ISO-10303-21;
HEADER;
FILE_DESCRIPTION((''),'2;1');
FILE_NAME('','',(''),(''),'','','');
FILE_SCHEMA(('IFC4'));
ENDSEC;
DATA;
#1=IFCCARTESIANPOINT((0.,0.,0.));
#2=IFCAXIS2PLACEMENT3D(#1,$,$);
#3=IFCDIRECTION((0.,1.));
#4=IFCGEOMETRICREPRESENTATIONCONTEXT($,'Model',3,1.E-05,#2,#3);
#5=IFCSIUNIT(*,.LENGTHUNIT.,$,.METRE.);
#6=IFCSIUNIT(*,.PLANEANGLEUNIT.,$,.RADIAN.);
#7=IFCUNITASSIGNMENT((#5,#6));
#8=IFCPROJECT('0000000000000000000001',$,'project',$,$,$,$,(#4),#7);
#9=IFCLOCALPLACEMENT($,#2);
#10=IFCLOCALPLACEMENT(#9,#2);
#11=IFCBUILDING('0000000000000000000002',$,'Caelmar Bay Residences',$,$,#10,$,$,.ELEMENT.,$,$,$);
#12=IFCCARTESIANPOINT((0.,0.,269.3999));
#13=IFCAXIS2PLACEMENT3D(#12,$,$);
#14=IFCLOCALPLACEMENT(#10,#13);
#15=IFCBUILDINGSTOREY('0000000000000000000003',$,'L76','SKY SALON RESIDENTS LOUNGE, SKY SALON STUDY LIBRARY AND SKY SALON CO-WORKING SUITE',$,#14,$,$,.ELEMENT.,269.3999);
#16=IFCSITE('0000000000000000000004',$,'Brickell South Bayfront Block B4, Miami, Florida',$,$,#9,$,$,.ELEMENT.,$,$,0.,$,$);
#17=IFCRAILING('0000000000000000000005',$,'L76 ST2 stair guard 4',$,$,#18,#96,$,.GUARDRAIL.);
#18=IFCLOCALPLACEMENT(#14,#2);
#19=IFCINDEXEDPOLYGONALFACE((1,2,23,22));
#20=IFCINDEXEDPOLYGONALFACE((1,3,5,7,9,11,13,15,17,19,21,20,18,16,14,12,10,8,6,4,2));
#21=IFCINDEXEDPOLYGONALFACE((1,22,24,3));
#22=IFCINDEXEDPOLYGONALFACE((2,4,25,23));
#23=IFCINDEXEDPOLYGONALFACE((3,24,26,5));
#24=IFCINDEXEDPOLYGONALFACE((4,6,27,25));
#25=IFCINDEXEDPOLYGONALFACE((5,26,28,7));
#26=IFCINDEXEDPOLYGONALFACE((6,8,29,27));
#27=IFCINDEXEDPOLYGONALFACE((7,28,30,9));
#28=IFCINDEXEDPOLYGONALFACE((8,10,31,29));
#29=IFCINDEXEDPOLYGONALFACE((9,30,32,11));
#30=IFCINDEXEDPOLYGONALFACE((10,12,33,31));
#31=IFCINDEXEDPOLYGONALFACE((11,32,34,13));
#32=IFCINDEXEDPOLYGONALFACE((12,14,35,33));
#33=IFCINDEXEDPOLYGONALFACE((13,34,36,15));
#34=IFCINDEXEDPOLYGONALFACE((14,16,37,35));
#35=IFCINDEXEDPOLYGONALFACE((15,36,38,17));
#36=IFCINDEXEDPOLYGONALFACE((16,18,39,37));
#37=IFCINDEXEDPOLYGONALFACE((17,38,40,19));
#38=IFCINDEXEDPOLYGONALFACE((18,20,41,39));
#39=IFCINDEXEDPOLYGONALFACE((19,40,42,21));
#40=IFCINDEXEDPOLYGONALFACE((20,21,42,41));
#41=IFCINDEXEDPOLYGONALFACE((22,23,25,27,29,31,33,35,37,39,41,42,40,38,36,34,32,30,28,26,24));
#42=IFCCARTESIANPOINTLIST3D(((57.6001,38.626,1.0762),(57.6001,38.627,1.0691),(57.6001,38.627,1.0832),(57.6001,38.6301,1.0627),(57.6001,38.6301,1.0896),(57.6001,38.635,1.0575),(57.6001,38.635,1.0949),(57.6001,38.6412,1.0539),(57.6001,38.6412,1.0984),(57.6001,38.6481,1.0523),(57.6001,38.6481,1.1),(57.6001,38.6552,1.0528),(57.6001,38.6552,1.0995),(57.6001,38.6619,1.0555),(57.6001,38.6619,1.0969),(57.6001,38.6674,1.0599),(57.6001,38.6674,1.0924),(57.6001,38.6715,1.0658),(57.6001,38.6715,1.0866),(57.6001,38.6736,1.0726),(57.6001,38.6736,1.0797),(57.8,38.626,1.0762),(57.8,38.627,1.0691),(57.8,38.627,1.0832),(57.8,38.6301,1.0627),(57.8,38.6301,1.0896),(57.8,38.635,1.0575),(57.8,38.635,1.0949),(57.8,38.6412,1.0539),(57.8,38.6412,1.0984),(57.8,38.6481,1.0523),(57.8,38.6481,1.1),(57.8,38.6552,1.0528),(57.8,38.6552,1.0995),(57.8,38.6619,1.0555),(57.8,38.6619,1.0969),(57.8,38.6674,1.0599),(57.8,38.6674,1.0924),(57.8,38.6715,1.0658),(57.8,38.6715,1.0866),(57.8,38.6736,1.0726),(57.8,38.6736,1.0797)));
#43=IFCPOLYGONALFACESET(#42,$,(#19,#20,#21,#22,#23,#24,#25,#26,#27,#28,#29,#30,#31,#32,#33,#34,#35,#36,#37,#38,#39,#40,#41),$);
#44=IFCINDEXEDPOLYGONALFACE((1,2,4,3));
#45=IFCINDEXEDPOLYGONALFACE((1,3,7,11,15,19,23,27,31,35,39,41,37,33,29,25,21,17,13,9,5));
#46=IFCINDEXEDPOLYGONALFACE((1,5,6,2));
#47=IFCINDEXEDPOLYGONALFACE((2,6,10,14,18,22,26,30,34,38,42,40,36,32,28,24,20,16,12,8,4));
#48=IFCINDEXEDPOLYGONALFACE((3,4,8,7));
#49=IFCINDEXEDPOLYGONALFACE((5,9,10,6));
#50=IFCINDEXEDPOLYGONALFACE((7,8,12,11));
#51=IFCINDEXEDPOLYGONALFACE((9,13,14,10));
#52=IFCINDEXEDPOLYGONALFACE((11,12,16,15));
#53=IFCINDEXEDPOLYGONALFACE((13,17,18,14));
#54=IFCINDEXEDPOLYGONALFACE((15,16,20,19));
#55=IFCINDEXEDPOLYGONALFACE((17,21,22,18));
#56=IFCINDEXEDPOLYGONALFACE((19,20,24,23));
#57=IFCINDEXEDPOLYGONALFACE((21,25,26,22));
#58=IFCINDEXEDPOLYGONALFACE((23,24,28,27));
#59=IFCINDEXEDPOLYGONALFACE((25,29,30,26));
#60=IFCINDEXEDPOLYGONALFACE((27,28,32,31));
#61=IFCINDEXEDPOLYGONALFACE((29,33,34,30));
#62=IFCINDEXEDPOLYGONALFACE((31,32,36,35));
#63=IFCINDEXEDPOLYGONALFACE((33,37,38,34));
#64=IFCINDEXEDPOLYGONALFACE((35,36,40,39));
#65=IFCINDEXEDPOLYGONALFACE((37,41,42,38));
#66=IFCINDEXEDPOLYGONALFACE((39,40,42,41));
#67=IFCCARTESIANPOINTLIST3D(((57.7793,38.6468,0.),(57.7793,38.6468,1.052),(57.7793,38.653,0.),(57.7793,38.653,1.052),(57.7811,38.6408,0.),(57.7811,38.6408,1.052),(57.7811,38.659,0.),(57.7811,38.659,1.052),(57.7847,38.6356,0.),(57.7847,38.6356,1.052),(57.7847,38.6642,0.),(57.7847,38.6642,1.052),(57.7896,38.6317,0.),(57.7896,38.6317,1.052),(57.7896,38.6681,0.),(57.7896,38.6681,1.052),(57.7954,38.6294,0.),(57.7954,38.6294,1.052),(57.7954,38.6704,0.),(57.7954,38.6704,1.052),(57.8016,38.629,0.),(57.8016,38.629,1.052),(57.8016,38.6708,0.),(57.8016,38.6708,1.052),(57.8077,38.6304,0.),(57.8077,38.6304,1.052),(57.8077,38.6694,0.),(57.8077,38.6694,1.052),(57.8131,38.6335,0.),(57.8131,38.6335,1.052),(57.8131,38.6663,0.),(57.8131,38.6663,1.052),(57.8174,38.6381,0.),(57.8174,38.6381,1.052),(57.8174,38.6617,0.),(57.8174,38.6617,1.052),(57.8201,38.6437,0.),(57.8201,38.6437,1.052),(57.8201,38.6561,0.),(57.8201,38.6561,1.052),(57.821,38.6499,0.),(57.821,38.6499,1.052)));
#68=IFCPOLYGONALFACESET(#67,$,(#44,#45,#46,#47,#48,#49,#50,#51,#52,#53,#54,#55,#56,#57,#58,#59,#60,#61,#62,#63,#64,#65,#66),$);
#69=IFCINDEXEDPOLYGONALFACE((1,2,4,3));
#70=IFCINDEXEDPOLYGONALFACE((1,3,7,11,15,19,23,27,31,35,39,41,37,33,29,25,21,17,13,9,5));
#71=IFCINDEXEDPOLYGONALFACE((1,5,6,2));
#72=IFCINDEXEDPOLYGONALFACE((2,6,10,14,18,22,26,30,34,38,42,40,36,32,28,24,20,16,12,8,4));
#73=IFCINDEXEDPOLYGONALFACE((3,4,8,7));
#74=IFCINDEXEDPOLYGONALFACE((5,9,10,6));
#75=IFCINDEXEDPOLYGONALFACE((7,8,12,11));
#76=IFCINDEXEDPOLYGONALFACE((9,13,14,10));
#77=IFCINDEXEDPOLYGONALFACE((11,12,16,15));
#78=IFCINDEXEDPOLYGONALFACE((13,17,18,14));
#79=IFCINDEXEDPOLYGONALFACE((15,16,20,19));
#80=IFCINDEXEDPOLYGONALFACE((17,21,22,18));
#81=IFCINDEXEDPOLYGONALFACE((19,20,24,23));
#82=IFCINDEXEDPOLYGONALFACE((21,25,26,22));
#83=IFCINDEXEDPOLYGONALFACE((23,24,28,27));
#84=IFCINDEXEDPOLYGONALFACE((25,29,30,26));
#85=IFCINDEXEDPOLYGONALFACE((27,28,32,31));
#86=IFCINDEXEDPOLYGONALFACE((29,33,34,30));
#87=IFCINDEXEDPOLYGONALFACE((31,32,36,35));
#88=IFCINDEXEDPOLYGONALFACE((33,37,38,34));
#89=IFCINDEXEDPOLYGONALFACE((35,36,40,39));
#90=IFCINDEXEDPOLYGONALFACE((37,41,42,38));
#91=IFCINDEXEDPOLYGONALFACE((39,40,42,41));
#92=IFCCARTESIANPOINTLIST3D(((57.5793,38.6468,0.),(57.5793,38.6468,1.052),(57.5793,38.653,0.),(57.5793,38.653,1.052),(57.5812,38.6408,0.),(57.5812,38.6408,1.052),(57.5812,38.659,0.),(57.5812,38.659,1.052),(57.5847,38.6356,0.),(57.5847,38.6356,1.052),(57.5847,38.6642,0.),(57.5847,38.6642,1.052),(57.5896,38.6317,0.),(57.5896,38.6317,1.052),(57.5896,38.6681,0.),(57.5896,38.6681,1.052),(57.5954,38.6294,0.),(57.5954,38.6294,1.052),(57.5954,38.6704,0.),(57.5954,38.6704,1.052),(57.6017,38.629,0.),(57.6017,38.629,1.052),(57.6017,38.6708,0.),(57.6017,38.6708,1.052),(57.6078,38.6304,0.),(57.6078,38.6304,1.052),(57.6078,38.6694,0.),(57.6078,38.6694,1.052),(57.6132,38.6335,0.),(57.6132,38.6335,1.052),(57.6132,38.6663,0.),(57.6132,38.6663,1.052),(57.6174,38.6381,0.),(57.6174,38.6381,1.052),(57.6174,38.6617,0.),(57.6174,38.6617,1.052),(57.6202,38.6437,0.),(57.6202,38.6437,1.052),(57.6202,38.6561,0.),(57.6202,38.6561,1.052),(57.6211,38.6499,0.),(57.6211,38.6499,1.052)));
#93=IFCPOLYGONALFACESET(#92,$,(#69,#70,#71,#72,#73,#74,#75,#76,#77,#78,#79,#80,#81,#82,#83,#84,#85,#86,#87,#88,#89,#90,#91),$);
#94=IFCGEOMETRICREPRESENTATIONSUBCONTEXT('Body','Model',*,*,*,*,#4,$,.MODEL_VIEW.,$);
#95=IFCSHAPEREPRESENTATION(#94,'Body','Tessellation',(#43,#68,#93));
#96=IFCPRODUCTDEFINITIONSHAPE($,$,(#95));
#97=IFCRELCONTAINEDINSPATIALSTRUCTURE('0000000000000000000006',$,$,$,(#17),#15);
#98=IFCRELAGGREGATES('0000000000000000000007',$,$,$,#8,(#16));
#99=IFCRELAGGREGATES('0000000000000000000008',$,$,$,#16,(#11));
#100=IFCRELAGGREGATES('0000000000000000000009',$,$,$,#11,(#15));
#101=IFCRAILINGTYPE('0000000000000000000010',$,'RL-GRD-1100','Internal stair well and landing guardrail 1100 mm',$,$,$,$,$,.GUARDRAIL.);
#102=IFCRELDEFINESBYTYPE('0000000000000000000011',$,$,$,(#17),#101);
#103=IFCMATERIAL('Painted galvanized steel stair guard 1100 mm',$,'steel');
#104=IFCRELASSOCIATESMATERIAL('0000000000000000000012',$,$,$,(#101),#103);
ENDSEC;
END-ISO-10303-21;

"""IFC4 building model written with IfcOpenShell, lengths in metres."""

from ifc_helpers import new_model, si_unit, direction, frame, origin, origin_2d, place, context, subcontext, project, spatial, circle, extrude, material, type_object, element, save


model = new_model("IFC4")

# Units and contexts
model_context = context("Model", 3, precision=1e-05, world=origin(), true_north=direction((0.0, 1.0)))
body_context = subcontext(model_context, "Body", "Model", "MODEL_VIEW")
ifc_project = project(units=[si_unit("LENGTHUNIT", "METRE"), si_unit("PLANEANGLEUNIT", "RADIAN")], contexts=[model_context])

# Site, building, storey
site_placement = place(None, origin())
site = spatial("IfcSite", under=ifc_project, at=site_placement, Name="Brickell South Bayfront Block B4, Miami, Florida", CompositionType="ELEMENT", RefElevation=0.0)
building_placement = place(site_placement, origin())
building = spatial("IfcBuilding", under=site, at=building_placement, Name="Caelmar Bay Residences", CompositionType="ELEMENT")
storey_placement = place(building_placement, frame((0.0, 0.0, 269.3999)))
storey = spatial("IfcBuildingStorey", under=building, at=storey_placement, Name="L76", Description="SKY SALON RESIDENTS LOUNGE, SKY SALON STUDY LIBRARY AND SKY SALON CO-WORKING SUITE", CompositionType="ELEMENT", Elevation=269.3999)

# Railing
ifc_material_1 = material(Name="Painted galvanized steel stair guard 1100 mm", Category="steel")
railing_type_1 = type_object("IfcRailingType", Name="RL-GRD-1100", Description="Internal stair well and landing guardrail 1100 mm", PredefinedType="GUARDRAIL", material=ifc_material_1)
railing_1_placement = place(storey_placement, frame((57.8, 38.6499, 0.0)))
element("IfcRailing", 1, at=railing_1_placement, inside=storey, type_object=railing_type_1, Name="L76 ST2 stair guard 4", PredefinedType="GUARDRAIL", context=body_context, shape_type="SweptSolid", body=[
    extrude(circle(Radius=0.0239, at=origin_2d()), frame((0.0, 0.0, 1.0762), z_axis=(-1.0, 0.0, 0.0), x_axis=(0.0, -1.0, 0.0)), (0.0, 0.0, 1.0), 0.2),
    extrude(circle(Radius=0.021, at=origin_2d()), origin(), (0.0, 0.0, 1.0), 1.052),
    extrude(circle(Radius=0.021, at=origin_2d()), frame((-0.2, 0.0, 0.0)), (0.0, 0.0, 1.0), 1.052),
])

save(model, "model.ifc")
